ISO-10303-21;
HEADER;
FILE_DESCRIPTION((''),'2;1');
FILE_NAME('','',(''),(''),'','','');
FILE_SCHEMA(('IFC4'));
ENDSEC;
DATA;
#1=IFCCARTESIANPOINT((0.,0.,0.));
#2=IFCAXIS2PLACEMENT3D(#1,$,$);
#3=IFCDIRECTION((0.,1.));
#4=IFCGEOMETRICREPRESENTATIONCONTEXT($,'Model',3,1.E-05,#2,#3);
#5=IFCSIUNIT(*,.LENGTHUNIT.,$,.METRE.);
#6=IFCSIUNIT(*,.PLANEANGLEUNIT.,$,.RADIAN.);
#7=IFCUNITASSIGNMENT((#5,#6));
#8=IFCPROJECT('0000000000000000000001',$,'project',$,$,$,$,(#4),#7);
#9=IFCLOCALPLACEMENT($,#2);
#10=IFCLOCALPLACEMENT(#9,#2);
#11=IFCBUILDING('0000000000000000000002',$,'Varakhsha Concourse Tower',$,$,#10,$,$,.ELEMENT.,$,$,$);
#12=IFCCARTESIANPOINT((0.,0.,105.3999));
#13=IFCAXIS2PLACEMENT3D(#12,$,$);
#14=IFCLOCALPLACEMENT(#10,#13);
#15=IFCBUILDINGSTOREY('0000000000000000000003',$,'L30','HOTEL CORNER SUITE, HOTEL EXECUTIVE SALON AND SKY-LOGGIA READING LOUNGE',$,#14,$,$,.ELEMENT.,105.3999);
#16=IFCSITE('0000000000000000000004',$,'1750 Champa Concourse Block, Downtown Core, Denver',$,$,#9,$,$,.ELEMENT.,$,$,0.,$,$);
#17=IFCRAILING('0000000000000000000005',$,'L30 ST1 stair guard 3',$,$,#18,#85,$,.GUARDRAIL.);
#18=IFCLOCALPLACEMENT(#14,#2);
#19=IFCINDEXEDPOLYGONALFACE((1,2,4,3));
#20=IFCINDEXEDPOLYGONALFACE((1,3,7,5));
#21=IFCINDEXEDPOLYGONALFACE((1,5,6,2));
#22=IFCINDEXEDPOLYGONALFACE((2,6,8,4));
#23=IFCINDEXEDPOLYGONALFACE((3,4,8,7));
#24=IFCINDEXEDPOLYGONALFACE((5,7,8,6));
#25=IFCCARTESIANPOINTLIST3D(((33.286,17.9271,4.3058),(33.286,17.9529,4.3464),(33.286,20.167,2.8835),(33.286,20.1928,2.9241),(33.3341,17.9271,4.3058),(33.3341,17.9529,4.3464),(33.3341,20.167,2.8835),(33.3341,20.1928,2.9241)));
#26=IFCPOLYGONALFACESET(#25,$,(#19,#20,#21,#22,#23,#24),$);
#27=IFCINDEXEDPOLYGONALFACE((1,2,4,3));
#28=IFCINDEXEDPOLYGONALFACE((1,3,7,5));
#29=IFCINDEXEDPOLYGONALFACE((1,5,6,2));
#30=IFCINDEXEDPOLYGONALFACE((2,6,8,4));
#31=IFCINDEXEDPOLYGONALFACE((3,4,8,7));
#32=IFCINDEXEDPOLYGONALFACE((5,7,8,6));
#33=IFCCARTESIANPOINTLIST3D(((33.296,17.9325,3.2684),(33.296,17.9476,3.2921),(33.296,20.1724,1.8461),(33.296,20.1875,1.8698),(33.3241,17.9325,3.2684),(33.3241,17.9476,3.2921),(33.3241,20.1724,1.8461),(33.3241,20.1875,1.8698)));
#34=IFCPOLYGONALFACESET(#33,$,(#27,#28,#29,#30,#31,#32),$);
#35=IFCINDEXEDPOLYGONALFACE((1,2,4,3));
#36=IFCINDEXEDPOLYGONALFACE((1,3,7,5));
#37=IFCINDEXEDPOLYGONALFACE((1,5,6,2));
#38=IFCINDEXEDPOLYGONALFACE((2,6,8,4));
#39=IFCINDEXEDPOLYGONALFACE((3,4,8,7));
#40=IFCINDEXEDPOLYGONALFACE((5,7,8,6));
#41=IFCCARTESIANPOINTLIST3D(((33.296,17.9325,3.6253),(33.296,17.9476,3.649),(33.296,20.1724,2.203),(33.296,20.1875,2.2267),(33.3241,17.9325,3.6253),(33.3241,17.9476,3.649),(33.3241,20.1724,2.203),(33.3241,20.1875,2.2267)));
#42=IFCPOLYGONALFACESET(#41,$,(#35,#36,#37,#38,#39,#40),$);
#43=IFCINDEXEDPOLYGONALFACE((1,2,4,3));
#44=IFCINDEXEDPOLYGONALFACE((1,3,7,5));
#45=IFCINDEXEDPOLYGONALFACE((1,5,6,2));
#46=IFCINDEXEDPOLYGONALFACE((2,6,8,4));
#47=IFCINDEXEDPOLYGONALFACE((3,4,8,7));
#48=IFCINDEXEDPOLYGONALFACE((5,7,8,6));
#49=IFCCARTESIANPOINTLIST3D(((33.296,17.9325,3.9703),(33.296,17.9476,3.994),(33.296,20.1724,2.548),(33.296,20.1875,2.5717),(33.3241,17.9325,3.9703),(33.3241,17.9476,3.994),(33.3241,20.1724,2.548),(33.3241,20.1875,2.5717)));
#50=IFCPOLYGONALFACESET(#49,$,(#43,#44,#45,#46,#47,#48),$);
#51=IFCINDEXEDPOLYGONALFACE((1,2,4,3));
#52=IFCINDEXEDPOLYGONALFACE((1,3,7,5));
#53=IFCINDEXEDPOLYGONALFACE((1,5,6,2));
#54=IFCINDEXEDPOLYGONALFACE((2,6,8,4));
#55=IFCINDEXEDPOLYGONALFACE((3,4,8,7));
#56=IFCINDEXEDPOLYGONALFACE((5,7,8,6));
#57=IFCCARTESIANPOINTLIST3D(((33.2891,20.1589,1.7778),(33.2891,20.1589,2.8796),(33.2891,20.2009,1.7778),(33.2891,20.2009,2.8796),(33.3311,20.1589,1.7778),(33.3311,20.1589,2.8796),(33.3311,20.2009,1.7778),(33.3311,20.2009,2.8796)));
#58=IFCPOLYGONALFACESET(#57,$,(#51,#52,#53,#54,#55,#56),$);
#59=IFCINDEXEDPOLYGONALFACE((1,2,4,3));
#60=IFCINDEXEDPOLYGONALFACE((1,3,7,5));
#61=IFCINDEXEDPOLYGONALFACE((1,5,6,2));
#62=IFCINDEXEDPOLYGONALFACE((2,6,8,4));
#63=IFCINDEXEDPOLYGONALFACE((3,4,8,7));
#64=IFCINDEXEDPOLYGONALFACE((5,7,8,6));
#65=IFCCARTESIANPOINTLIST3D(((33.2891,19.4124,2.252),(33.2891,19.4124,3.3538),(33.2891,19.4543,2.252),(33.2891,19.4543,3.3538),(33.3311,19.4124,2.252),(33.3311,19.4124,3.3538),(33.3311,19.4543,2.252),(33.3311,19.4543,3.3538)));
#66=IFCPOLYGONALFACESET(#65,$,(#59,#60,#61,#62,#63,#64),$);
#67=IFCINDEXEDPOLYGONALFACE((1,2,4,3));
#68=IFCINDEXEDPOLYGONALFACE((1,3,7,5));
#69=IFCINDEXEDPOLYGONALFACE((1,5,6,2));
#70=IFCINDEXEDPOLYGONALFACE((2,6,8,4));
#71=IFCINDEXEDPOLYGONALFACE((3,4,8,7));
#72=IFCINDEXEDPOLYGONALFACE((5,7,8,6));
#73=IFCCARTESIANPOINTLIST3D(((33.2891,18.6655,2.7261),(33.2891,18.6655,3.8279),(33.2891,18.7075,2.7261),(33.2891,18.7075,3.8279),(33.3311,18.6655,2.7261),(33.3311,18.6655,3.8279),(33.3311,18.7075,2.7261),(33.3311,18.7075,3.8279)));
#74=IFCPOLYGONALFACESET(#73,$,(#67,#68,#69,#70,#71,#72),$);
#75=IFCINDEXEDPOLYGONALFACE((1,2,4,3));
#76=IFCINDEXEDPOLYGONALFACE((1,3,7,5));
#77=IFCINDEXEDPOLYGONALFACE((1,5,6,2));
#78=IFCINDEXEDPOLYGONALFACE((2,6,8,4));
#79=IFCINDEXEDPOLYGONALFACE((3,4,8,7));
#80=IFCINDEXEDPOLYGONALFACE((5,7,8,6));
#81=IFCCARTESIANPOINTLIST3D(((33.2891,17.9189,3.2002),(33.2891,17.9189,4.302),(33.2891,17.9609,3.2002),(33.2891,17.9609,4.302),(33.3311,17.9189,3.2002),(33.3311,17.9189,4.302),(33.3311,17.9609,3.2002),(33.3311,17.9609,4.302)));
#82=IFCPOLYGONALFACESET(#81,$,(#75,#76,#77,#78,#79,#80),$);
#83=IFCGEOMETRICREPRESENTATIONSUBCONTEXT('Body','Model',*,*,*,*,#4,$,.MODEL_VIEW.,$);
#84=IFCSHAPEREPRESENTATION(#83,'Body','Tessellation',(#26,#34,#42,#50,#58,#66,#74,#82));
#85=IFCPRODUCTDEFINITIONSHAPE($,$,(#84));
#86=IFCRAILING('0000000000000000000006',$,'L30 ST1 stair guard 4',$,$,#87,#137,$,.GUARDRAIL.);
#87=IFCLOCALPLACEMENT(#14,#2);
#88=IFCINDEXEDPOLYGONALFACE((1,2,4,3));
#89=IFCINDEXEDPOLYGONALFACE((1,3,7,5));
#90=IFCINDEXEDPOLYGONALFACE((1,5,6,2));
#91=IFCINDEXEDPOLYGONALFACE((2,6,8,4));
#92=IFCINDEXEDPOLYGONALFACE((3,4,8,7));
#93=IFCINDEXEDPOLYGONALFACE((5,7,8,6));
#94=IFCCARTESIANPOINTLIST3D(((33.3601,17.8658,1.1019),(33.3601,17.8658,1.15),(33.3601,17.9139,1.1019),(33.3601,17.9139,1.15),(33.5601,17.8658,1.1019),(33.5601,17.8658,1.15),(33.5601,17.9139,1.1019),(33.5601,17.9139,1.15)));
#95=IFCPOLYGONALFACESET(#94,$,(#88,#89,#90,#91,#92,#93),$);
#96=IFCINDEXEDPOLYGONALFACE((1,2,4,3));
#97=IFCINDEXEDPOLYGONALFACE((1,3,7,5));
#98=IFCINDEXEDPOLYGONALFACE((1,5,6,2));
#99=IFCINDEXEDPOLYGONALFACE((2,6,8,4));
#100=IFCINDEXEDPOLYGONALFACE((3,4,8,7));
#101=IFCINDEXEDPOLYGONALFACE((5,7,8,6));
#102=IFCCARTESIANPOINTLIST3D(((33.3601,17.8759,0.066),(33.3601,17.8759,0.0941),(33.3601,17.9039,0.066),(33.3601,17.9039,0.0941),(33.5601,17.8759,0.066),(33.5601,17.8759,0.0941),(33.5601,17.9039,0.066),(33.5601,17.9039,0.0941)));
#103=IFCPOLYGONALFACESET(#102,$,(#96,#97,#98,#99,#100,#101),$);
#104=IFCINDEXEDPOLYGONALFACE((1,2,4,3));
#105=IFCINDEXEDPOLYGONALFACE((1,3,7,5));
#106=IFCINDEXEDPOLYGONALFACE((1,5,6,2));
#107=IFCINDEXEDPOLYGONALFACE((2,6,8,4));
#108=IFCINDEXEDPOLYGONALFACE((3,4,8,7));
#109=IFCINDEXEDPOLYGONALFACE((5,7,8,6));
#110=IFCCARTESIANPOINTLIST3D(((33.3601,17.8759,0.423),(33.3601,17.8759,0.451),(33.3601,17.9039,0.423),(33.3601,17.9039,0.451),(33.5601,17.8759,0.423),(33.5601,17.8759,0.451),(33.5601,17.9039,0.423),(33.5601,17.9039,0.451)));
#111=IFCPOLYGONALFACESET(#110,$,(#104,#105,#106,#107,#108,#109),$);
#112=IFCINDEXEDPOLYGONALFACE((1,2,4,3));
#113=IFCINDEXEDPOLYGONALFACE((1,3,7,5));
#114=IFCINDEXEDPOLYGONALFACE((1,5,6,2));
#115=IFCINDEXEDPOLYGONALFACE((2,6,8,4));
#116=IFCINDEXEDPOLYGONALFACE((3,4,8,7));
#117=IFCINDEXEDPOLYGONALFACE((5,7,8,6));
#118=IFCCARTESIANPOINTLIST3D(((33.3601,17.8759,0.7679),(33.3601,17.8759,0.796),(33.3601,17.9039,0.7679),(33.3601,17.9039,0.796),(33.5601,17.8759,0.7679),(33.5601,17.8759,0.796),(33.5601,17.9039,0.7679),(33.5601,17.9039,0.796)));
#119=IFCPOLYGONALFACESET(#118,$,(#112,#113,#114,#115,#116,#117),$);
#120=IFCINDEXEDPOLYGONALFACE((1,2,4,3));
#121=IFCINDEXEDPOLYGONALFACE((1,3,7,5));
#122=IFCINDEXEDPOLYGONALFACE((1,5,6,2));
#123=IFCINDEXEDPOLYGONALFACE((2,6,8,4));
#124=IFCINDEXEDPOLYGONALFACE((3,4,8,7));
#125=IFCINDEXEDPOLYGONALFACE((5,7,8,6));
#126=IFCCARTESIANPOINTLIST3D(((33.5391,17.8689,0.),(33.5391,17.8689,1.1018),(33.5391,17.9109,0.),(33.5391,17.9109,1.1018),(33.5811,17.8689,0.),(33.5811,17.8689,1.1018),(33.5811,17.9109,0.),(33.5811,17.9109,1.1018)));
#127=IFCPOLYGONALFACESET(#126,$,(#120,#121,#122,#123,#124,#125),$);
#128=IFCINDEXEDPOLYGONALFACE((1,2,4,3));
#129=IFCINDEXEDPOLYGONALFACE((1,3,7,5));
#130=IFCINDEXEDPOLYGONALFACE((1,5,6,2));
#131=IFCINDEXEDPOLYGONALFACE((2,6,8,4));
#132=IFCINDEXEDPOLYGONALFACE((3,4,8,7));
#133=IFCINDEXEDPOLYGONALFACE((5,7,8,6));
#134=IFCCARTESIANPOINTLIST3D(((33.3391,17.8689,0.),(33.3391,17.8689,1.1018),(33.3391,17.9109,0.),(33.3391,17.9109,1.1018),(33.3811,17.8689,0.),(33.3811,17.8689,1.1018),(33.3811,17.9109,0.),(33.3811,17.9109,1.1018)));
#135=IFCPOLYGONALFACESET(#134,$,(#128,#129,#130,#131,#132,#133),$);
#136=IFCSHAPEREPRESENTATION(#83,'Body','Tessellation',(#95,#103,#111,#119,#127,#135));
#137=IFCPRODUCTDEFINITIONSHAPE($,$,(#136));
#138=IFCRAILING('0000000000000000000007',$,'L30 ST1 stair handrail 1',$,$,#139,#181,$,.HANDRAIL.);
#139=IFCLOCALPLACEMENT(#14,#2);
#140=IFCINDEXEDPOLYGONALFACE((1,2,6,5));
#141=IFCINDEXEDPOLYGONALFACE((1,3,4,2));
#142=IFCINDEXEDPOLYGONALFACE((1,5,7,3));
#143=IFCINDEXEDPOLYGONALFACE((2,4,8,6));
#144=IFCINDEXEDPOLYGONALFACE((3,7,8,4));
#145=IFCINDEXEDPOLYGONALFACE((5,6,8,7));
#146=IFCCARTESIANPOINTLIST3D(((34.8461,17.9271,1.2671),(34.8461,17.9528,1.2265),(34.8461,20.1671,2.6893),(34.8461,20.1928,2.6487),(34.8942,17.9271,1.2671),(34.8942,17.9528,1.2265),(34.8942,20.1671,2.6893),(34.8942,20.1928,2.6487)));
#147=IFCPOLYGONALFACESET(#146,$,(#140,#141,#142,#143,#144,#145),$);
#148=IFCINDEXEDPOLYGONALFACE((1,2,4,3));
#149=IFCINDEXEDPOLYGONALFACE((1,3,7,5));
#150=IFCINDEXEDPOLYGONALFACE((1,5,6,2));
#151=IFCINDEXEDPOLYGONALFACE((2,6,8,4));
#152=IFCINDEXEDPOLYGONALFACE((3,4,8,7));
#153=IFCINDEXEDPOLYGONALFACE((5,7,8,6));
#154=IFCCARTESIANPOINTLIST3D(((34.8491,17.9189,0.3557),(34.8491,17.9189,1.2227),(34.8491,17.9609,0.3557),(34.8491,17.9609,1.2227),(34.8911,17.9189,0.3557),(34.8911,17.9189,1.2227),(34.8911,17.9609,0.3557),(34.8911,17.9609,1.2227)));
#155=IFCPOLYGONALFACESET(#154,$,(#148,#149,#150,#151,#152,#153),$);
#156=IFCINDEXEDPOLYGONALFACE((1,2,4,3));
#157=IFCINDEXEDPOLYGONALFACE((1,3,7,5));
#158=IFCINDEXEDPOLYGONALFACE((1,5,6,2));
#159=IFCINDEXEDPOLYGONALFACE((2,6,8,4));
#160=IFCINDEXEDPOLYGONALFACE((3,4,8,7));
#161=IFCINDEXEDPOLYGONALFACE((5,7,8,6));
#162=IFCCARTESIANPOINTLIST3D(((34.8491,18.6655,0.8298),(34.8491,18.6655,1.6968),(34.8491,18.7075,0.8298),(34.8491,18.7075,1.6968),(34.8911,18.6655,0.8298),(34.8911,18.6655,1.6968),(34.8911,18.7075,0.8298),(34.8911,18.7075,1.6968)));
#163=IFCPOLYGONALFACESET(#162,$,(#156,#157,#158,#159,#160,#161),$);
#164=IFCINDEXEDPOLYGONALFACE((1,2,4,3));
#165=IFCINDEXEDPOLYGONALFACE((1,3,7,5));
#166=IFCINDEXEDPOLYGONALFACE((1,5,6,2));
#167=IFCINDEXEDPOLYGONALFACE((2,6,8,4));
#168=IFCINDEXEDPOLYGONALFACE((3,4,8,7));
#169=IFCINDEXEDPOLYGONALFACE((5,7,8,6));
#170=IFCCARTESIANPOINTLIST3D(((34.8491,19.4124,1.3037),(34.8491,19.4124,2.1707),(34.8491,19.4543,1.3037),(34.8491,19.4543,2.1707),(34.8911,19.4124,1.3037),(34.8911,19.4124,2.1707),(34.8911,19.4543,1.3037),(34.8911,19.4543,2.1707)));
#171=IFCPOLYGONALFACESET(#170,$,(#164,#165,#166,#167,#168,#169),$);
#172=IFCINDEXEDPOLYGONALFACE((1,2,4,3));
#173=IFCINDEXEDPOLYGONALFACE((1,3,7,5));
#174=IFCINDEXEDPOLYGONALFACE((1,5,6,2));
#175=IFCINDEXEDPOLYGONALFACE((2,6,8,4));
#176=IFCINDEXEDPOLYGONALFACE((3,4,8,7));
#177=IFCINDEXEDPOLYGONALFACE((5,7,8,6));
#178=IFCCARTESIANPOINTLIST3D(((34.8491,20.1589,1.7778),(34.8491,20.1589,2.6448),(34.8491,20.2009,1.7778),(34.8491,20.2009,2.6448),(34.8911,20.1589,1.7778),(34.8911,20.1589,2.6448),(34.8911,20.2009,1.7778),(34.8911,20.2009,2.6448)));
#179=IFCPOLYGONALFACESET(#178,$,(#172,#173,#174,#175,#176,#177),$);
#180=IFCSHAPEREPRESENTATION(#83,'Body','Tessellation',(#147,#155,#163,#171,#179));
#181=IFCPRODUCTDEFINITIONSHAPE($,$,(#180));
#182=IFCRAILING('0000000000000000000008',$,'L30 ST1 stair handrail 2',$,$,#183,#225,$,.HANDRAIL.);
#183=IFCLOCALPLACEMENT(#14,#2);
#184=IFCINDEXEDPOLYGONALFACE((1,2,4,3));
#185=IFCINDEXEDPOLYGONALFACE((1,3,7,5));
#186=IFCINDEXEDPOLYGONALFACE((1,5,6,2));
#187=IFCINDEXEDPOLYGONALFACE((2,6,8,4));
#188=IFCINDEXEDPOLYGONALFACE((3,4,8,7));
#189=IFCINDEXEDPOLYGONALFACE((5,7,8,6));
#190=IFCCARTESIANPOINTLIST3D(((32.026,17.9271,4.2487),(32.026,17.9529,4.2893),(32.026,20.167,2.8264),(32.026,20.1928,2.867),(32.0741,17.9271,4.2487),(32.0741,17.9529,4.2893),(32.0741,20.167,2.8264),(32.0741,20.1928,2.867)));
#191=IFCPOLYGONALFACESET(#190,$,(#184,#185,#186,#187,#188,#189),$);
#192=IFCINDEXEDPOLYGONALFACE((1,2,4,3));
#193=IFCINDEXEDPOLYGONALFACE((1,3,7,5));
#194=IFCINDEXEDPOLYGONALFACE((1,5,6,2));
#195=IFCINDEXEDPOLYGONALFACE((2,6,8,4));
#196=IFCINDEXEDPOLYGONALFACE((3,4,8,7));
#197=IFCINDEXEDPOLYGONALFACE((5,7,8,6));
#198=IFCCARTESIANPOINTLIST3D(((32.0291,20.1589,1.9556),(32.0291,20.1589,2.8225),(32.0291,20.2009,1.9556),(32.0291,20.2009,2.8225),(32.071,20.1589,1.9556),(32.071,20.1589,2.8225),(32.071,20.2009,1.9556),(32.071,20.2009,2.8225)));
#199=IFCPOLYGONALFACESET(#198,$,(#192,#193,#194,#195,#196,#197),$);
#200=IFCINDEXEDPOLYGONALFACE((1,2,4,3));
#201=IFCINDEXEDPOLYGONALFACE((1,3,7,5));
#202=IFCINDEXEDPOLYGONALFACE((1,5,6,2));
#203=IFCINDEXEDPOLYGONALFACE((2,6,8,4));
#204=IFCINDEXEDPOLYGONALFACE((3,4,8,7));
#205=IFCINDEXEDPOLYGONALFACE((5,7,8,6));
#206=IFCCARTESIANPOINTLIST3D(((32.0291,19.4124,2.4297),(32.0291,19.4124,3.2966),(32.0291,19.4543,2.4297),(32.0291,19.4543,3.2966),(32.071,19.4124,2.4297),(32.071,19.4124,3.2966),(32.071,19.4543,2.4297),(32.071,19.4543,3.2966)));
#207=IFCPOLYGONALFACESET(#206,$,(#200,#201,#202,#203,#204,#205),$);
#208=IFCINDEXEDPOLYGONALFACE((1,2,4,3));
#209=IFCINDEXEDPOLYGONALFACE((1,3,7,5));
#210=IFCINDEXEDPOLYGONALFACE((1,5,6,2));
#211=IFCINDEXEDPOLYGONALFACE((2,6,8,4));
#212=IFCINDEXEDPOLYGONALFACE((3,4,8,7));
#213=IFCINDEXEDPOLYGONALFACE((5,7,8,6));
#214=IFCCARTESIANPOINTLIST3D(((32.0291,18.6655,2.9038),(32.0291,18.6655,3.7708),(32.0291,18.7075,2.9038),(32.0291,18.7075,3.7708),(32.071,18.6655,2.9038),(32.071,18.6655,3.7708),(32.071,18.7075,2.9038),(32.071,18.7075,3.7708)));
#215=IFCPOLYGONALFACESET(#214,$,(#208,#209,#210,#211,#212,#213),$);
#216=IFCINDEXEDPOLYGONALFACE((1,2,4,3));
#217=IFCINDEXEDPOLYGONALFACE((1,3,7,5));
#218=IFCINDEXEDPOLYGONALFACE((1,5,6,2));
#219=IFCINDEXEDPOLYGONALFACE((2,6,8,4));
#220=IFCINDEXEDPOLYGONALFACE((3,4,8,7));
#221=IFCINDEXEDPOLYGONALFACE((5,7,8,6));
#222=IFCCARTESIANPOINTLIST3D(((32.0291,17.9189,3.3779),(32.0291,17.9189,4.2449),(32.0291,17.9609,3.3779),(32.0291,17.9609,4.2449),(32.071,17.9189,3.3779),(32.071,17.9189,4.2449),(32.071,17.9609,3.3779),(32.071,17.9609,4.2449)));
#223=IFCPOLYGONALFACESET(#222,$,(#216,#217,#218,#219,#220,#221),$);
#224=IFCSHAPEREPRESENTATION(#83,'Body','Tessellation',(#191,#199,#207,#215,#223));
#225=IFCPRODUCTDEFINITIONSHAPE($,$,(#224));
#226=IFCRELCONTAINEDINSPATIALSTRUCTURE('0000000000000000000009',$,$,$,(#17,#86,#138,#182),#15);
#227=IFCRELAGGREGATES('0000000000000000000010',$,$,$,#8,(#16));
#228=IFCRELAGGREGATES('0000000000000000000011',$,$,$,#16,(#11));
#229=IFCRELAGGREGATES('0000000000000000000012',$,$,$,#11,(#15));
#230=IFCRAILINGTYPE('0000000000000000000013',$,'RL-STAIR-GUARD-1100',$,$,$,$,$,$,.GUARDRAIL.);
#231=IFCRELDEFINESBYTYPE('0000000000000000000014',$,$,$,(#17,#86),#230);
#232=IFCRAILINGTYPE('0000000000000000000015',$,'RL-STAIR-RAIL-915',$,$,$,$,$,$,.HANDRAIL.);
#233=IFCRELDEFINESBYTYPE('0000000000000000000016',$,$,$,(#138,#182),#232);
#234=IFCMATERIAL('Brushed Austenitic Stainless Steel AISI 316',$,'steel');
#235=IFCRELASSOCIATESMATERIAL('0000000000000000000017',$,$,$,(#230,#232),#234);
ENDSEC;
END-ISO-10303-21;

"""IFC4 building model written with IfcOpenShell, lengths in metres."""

from ifc_helpers import new_model, si_unit, direction, frame, origin, origin_2d, place, context, subcontext, project, spatial, rectangle, extrude, material, type_object, element, save


model = new_model("IFC4")

# Units and contexts
model_context = context("Model", 3, precision=1e-05, world=origin(), true_north=direction((0.0, 1.0)))
body_context = subcontext(model_context, "Body", "Model", "MODEL_VIEW")
ifc_project = project(units=[si_unit("LENGTHUNIT", "METRE"), si_unit("PLANEANGLEUNIT", "RADIAN")], contexts=[model_context])

# Site, building, storey
site_placement = place(None, origin())
site = spatial("IfcSite", under=ifc_project, at=site_placement, Name="1750 Champa Concourse Block, Downtown Core, Denver", CompositionType="ELEMENT", RefElevation=0.0)
building_placement = place(site_placement, origin())
building = spatial("IfcBuilding", under=site, at=building_placement, Name="Varakhsha Concourse Tower", CompositionType="ELEMENT")
storey_placement = place(building_placement, frame((0.0, 0.0, 105.3999)))
storey = spatial("IfcBuildingStorey", under=building, at=storey_placement, Name="L30", Description="HOTEL CORNER SUITE, HOTEL EXECUTIVE SALON AND SKY-LOGGIA READING LOUNGE", CompositionType="ELEMENT", Elevation=105.3999)

# Railings
ifc_material_1 = material(Name="Brushed Austenitic Stainless Steel AISI 316", Category="steel")
railing_type_1 = type_object("IfcRailingType", Name="RL-STAIR-GUARD-1100", PredefinedType="GUARDRAIL", material=ifc_material_1)
railing_1_placement = place(storey_placement, frame((33.3101, 20.1799, 1.7778)))
element("IfcRailing", 1, at=railing_1_placement, inside=storey, type_object=railing_type_1, Name="L30 ST1 stair guard 3", PredefinedType="GUARDRAIL", context=body_context, shape_type="SweptSolid", body=[
    extrude(rectangle(XDim=0.0481, YDim=0.0481, at=origin_2d()), frame((0.0, 0.0, 1.126), z_axis=(0.0, -0.844188, 0.536048), x_axis=(1.0, 0.0, 0.0)), (0.0, 0.0, 1.0), 2.6533),
    extrude(rectangle(XDim=0.0281, YDim=0.0281, at=origin_2d()), frame((0.0, 0.0, 0.0801), z_axis=(0.0, -0.844188, 0.536048), x_axis=(1.0, 0.0, 0.0)), (0.0, 0.0, 1.0), 2.6533),
    extrude(rectangle(XDim=0.0281, YDim=0.0281, at=origin_2d()), frame((0.0, 0.0, 0.437), z_axis=(0.0, -0.844188, 0.536048), x_axis=(1.0, 0.0, 0.0)), (0.0, 0.0, 1.0), 2.6533),
    extrude(rectangle(XDim=0.0281, YDim=0.0281, at=origin_2d()), frame((0.0, 0.0, 0.782), z_axis=(0.0, -0.844188, 0.536048), x_axis=(1.0, 0.0, 0.0)), (0.0, 0.0, 1.0), 2.6533),
    extrude(rectangle(XDim=0.042, YDim=0.042, at=origin_2d()), origin(), (0.0, 0.0, 1.0), 1.1018),
    extrude(rectangle(XDim=0.042, YDim=0.042, at=origin_2d()), frame((0.0, -0.7466, 0.4741)), (0.0, 0.0, 1.0), 1.1018),
    extrude(rectangle(XDim=0.042, YDim=0.042, at=origin_2d()), frame((0.0, -1.4934, 0.9482)), (0.0, 0.0, 1.0), 1.1018),
    extrude(rectangle(XDim=0.042, YDim=0.042, at=origin_2d()), frame((0.0, -2.24, 1.4224)), (0.0, 0.0, 1.0), 1.1018),
])
railing_2_placement = place(storey_placement, frame((33.5601, 17.8899, 0.0)))
element("IfcRailing", 2, at=railing_2_placement, inside=storey, type_object=railing_type_1, Name="L30 ST1 stair guard 4", PredefinedType="GUARDRAIL", context=body_context, shape_type="SweptSolid", body=[
    extrude(rectangle(XDim=0.0481, YDim=0.0481, at=origin_2d()), frame((0.0, 0.0, 1.126), z_axis=(-1.0, 0.0, 0.0), x_axis=(0.0, -1.0, 0.0)), (0.0, 0.0, 1.0), 0.2),
    extrude(rectangle(XDim=0.0281, YDim=0.0281, at=origin_2d()), frame((0.0, 0.0, 0.0801), z_axis=(-1.0, 0.0, 0.0), x_axis=(0.0, -1.0, 0.0)), (0.0, 0.0, 1.0), 0.2),
    extrude(rectangle(XDim=0.0281, YDim=0.0281, at=origin_2d()), frame((0.0, 0.0, 0.437), z_axis=(-1.0, 0.0, 0.0), x_axis=(0.0, -1.0, 0.0)), (0.0, 0.0, 1.0), 0.2),
    extrude(rectangle(XDim=0.0281, YDim=0.0281, at=origin_2d()), frame((0.0, 0.0, 0.782), z_axis=(-1.0, 0.0, 0.0), x_axis=(0.0, -1.0, 0.0)), (0.0, 0.0, 1.0), 0.2),
    extrude(rectangle(XDim=0.042, YDim=0.042, at=origin_2d()), origin(), (0.0, 0.0, 1.0), 1.1018),
    extrude(rectangle(XDim=0.042, YDim=0.042, at=origin_2d()), frame((-0.2, 0.0, 0.0)), (0.0, 0.0, 1.0), 1.1018),
])
railing_type_2 = type_object("IfcRailingType", Name="RL-STAIR-RAIL-915", PredefinedType="HANDRAIL", material=ifc_material_1)
railing_3_placement = place(storey_placement, frame((34.8701, 17.9399, 0.3557)))
element("IfcRailing", 3, at=railing_3_placement, inside=storey, type_object=railing_type_2, Name="L30 ST1 stair handrail 1", PredefinedType="HANDRAIL", context=body_context, shape_type="SweptSolid", body=[
    extrude(rectangle(XDim=0.0481, YDim=0.0481, at=origin_2d()), frame((0.0, 0.0, 0.8911), z_axis=(0.0, 0.844229, 0.535982), x_axis=(-1.0, 0.0, 0.0)), (0.0, 0.0, 1.0), 2.6533),
    extrude(rectangle(XDim=0.042, YDim=0.042, at=origin_2d()), origin(), (0.0, 0.0, 1.0), 0.8669),
    extrude(rectangle(XDim=0.042, YDim=0.042, at=origin_2d()), frame((0.0, 0.7466, 0.4741)), (0.0, 0.0, 1.0), 0.8669),
    extrude(rectangle(XDim=0.042, YDim=0.042, at=origin_2d()), frame((0.0, 1.4934, 0.948)), (0.0, 0.0, 1.0), 0.8669),
    extrude(rectangle(XDim=0.042, YDim=0.042, at=origin_2d()), frame((0.0, 2.24, 1.4221)), (0.0, 0.0, 1.0), 0.8669),
])
railing_4_placement = place(storey_placement, frame((32.05, 20.1799, 1.9556)))
element("IfcRailing", 4, at=railing_4_placement, inside=storey, type_object=railing_type_2, Name="L30 ST1 stair handrail 2", PredefinedType="HANDRAIL", context=body_context, shape_type="SweptSolid", body=[
    extrude(rectangle(XDim=0.0481, YDim=0.0481, at=origin_2d()), frame((0.0, 0.0, 0.8911), z_axis=(0.0, -0.844188, 0.536048), x_axis=(1.0, 0.0, 0.0)), (0.0, 0.0, 1.0), 2.6533),
    extrude(rectangle(XDim=0.042, YDim=0.042, at=origin_2d()), origin(), (0.0, 0.0, 1.0), 0.8669),
    extrude(rectangle(XDim=0.042, YDim=0.042, at=origin_2d()), frame((0.0, -0.7466, 0.4741)), (0.0, 0.0, 1.0), 0.8669),
    extrude(rectangle(XDim=0.042, YDim=0.042, at=origin_2d()), frame((0.0, -1.4934, 0.9482)), (0.0, 0.0, 1.0), 0.8669),
    extrude(rectangle(XDim=0.042, YDim=0.042, at=origin_2d()), frame((0.0, -2.24, 1.4224)), (0.0, 0.0, 1.0), 0.8669),
])

save(model, "model.ifc")
